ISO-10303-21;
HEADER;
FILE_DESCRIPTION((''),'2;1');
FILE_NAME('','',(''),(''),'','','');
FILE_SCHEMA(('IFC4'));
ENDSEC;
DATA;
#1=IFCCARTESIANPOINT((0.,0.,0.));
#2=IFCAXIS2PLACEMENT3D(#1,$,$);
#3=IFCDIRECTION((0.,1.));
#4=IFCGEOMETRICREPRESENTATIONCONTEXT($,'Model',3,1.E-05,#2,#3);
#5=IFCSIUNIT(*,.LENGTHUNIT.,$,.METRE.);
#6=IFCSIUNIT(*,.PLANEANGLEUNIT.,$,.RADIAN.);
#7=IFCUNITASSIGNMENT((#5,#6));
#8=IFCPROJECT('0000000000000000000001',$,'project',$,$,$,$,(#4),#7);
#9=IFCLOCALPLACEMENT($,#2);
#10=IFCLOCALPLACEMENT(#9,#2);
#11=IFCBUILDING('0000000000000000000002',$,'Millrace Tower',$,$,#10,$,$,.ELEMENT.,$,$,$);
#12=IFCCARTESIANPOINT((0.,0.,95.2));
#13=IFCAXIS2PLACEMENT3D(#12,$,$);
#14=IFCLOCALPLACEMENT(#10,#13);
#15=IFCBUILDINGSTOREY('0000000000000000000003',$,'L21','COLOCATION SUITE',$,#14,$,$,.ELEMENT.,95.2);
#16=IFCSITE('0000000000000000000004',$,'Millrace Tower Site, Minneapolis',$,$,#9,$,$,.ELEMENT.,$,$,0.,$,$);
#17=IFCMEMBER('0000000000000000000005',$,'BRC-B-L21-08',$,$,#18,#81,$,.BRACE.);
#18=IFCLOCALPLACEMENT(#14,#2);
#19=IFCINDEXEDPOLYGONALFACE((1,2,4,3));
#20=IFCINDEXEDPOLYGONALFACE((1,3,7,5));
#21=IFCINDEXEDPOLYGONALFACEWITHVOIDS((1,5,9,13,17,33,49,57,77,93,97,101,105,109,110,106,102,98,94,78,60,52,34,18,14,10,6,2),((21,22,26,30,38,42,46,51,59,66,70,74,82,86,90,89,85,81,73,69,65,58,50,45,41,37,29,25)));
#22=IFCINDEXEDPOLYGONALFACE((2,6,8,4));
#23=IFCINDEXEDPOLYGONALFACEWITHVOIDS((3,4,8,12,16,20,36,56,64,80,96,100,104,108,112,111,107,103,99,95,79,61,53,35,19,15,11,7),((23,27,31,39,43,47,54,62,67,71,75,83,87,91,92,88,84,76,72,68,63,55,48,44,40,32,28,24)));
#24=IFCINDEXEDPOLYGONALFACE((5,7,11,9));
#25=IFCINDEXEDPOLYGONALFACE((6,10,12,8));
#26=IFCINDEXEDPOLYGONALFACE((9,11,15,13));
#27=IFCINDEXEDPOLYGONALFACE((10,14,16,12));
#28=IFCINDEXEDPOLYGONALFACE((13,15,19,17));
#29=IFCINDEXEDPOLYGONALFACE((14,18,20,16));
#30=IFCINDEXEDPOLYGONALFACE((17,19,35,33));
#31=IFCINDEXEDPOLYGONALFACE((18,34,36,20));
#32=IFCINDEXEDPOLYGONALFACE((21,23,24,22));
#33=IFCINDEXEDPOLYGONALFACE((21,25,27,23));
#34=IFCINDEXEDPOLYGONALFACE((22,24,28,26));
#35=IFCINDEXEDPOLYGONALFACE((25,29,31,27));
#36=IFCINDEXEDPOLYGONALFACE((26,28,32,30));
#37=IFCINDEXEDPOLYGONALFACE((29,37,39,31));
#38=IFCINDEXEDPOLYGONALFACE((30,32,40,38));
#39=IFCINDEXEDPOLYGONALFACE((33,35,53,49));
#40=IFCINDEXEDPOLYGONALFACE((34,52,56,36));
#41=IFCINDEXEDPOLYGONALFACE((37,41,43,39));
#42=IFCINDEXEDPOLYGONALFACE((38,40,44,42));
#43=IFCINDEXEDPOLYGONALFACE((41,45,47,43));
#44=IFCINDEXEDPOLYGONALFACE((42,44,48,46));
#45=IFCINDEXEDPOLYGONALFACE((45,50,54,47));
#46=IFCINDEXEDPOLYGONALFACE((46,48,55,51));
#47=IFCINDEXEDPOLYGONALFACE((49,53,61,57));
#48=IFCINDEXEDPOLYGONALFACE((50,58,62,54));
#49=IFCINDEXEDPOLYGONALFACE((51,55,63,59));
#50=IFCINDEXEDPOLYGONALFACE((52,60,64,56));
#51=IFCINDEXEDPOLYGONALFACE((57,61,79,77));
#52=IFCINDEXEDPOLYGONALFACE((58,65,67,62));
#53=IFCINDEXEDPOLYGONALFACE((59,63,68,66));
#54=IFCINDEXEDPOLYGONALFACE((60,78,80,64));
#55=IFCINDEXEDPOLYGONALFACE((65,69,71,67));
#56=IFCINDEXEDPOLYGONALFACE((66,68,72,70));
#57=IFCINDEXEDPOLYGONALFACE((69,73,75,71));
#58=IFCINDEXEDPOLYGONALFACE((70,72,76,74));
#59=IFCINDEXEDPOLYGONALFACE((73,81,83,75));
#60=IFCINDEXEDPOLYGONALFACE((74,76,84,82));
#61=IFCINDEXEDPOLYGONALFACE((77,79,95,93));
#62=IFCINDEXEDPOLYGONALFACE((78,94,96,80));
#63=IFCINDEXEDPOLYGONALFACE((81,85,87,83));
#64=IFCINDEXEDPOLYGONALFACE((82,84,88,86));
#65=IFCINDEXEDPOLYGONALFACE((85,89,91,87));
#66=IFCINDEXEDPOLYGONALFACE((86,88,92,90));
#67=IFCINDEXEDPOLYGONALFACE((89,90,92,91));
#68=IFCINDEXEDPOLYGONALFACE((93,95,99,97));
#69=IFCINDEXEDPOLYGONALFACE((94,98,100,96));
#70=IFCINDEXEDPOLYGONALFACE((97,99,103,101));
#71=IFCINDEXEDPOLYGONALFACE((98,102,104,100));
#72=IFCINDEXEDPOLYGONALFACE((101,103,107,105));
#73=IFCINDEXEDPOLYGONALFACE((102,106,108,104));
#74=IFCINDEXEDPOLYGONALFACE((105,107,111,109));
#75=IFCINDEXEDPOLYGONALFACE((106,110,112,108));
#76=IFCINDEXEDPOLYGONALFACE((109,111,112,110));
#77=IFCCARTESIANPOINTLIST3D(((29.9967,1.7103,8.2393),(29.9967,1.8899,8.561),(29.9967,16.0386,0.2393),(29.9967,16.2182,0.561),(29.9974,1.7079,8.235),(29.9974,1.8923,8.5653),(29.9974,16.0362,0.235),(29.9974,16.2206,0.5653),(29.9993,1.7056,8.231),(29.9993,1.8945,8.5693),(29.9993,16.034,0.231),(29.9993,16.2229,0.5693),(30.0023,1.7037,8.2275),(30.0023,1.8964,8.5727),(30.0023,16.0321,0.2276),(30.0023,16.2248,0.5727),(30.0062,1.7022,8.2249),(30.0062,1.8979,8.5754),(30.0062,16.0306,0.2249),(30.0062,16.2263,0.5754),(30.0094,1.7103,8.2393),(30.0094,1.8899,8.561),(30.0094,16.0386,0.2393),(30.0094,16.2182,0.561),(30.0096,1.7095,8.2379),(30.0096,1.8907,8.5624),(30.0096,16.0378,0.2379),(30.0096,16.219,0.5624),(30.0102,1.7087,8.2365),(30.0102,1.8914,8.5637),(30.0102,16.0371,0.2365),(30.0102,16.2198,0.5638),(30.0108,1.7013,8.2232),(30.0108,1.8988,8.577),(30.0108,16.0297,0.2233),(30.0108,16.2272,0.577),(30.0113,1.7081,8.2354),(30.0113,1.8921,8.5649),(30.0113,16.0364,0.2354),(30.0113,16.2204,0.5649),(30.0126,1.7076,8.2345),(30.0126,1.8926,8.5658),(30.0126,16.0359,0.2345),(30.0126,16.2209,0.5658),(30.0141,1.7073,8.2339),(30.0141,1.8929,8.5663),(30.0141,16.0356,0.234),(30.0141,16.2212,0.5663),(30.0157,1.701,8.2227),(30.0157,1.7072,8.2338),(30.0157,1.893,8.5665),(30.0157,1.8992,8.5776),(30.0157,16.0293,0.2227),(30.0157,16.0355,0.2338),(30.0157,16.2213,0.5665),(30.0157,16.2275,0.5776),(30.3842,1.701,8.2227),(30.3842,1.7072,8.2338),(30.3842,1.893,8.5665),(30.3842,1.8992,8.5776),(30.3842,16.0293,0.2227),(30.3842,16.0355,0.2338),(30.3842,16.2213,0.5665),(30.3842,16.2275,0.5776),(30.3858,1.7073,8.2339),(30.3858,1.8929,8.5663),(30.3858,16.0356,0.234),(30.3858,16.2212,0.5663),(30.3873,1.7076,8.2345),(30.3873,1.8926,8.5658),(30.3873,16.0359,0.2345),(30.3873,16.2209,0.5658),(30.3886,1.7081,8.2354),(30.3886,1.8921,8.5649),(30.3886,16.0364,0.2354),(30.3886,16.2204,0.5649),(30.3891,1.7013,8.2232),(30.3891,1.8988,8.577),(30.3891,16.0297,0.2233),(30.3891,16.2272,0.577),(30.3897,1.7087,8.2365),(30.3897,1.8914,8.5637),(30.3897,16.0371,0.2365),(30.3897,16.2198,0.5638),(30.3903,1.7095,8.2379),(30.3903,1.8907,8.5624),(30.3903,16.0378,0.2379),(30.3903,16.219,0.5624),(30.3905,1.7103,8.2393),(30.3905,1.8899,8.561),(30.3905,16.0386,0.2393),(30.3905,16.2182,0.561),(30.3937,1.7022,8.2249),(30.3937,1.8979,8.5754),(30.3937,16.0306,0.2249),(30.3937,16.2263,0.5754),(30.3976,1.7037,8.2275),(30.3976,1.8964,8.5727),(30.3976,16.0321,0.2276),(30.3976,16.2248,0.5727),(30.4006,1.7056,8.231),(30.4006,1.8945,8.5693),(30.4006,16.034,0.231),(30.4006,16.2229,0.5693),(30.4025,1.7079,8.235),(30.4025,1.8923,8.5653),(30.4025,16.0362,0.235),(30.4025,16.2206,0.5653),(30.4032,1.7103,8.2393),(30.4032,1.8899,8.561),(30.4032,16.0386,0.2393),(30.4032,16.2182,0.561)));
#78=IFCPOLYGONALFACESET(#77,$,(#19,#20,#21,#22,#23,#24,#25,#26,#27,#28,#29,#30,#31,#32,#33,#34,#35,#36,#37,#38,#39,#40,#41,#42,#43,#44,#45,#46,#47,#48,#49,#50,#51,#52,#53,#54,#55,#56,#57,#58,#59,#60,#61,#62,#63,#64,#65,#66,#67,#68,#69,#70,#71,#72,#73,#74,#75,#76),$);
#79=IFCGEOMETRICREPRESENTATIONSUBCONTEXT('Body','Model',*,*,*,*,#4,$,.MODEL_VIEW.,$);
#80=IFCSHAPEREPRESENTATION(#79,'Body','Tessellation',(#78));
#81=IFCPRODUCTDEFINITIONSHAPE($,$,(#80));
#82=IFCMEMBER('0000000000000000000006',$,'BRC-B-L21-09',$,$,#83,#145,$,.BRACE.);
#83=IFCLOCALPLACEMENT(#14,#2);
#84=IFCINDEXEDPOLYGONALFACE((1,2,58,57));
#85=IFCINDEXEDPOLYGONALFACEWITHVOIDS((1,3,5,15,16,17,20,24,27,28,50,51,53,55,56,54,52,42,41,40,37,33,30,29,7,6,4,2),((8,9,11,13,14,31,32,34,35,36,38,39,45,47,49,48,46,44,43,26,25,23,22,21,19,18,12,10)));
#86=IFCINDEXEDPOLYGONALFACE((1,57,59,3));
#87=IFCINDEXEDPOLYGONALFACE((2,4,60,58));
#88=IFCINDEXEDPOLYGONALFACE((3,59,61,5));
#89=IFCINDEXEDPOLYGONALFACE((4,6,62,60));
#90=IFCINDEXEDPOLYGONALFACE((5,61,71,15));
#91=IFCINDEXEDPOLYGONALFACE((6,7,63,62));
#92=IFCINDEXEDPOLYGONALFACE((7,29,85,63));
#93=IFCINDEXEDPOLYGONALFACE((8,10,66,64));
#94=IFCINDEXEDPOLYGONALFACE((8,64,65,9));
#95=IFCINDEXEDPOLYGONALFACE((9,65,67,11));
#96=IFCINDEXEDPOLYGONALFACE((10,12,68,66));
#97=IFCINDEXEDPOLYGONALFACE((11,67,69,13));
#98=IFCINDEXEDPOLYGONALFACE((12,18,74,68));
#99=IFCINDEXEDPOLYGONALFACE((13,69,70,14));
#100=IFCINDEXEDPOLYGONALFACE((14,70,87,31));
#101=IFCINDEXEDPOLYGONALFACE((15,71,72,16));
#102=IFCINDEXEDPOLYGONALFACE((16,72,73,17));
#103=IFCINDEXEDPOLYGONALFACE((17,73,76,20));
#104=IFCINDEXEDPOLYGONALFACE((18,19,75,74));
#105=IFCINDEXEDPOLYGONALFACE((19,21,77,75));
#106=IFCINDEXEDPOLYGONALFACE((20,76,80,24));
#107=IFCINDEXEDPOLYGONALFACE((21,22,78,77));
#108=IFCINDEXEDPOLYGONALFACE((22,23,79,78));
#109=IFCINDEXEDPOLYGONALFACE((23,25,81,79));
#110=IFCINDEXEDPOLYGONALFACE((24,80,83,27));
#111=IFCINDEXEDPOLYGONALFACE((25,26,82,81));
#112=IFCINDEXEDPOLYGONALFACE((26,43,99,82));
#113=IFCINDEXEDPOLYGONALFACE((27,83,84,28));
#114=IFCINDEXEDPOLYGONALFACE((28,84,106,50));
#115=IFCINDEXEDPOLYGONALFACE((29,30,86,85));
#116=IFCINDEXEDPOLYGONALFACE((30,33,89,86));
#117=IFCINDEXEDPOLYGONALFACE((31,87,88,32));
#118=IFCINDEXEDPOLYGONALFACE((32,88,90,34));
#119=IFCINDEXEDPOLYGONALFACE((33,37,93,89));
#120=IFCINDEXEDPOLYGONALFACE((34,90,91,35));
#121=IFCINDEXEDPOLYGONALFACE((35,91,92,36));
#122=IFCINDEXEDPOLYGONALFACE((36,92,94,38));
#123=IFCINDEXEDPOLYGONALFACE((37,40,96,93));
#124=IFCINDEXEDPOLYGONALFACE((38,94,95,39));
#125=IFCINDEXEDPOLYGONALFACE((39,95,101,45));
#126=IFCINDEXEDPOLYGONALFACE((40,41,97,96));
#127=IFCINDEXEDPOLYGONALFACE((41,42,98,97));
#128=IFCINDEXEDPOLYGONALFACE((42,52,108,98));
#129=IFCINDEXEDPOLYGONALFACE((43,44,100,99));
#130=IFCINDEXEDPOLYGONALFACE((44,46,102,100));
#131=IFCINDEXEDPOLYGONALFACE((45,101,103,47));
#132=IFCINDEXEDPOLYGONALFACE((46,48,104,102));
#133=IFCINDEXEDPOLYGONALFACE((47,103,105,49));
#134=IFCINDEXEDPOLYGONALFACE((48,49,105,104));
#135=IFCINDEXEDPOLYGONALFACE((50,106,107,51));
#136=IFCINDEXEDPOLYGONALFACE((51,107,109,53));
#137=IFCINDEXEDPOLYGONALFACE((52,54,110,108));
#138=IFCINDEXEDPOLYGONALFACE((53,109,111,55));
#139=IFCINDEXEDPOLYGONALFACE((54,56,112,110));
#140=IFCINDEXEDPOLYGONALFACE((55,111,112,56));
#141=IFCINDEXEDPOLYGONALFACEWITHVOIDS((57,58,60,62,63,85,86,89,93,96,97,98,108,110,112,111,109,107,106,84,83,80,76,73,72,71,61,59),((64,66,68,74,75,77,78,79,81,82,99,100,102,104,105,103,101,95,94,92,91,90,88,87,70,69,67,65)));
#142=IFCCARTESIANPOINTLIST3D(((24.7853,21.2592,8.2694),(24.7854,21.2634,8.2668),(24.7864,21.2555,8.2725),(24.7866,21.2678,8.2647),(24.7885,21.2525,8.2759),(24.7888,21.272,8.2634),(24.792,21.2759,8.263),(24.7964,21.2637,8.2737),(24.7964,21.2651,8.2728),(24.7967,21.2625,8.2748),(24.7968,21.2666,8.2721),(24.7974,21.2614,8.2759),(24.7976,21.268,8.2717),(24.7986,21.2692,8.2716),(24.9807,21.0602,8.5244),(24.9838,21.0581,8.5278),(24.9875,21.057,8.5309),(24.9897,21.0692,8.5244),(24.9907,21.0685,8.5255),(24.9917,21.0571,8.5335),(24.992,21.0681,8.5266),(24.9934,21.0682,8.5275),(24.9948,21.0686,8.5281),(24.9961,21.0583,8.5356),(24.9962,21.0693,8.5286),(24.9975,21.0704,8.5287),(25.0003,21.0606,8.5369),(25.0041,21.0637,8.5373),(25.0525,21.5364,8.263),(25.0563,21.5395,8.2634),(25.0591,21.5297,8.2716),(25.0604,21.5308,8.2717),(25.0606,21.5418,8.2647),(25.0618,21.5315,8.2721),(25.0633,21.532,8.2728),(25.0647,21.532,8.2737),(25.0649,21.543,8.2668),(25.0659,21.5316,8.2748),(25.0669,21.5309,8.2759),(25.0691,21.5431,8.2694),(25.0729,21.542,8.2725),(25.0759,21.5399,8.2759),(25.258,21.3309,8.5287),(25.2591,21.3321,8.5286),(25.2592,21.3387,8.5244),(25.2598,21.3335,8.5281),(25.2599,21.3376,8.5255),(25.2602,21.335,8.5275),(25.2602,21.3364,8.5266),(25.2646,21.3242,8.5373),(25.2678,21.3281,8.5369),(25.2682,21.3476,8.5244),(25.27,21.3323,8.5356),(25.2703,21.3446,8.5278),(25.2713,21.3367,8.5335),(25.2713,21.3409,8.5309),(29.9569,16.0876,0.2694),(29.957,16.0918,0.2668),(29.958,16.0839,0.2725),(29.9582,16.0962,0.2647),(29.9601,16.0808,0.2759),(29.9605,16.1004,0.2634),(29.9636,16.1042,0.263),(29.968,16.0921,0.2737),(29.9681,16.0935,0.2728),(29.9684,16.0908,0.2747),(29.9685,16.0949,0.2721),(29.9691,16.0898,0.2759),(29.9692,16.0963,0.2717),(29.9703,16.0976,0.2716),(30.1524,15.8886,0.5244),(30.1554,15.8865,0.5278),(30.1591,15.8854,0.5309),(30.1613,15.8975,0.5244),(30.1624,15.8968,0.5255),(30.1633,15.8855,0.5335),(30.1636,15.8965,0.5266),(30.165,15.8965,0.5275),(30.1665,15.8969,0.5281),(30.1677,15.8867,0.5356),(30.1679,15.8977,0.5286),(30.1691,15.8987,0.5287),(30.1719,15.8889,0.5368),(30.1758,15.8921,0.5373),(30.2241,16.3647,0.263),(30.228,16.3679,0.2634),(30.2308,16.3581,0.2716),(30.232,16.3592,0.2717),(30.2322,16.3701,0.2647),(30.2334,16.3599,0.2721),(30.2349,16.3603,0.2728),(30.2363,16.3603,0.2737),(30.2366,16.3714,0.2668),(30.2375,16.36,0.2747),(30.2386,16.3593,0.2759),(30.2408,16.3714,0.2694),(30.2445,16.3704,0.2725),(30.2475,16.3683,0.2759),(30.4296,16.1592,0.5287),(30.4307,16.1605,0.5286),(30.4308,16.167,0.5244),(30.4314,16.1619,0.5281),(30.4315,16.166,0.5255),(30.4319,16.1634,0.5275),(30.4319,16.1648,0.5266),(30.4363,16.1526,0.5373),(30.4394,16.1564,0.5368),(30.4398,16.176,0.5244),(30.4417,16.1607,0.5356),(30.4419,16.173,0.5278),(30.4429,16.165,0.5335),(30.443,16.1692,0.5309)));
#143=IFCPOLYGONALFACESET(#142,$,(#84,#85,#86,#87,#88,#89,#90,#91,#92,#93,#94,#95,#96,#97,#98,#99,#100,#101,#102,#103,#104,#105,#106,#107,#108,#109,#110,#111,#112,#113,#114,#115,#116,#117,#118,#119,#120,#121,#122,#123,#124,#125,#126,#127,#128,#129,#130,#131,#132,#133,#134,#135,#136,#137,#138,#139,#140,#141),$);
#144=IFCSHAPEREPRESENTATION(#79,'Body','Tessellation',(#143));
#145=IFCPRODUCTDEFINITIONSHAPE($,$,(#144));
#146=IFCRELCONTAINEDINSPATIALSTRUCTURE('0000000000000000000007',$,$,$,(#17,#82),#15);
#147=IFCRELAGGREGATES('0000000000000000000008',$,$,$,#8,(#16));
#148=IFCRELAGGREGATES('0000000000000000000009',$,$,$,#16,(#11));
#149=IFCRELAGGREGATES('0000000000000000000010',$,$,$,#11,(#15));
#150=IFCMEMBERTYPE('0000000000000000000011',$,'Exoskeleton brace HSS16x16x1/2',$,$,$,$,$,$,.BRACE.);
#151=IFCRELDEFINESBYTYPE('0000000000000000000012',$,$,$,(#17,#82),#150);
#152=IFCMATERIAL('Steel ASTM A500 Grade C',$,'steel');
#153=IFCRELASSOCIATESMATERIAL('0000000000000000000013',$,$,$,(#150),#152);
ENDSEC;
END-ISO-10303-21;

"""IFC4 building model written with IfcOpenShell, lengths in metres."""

from ifc_helpers import new_model, si_unit, direction, frame, origin, origin_2d, place, context, subcontext, project, spatial, hollow_rectangle, extrude, material, material_profile, profile_set, type_object, element, save


model = new_model("IFC4")

# Units and contexts
model_context = context("Model", 3, precision=1e-05, world=origin(), true_north=direction((0.0, 1.0)))
body_context = subcontext(model_context, "Body", "Model", "MODEL_VIEW")
ifc_project = project(units=[si_unit("LENGTHUNIT", "METRE"), si_unit("PLANEANGLEUNIT", "RADIAN")], contexts=[model_context])

# Site, building, storey
site_placement = place(None, origin())
site = spatial("IfcSite", under=ifc_project, at=site_placement, Name="Millrace Tower Site, Minneapolis", CompositionType="ELEMENT", RefElevation=0.0)
building_placement = place(site_placement, origin())
building = spatial("IfcBuilding", under=site, at=building_placement, Name="Millrace Tower", CompositionType="ELEMENT")
storey_placement = place(building_placement, frame((0.0, 0.0, 95.2)))
storey = spatial("IfcBuildingStorey", under=building, at=storey_placement, Name="L21", Description="COLOCATION SUITE", CompositionType="ELEMENT", Elevation=95.2)

# Members
ifc_material_1 = material(Name="Steel ASTM A500 Grade C", Category="steel")
ifc_material_profile_1 = material_profile(ifc_material_1, hollow_rectangle(XDim=0.4065, YDim=0.4065, WallThickness=0.0127, InnerFilletRadius=0.0063, OuterFilletRadius=0.019, at=origin_2d()))
ifc_profile_set_1 = profile_set([ifc_material_profile_1], Name="Steel ASTM A500 Grade C")
member_type_1 = type_object("IfcMemberType", Name="Exoskeleton brace HSS16x16x1/2", PredefinedType="BRACE", material=ifc_profile_set_1)
member_1_placement = place(storey_placement, frame((30.2, 16.1284, 0.4001), z_axis=(0.0, -0.873126, 0.487495), x_axis=(1.0, 0.0, 0.0)))
element("IfcMember", 1, at=member_1_placement, inside=storey, type_object=member_type_1, Name="BRC-B-L21-08", PredefinedType="BRACE", context=body_context, shape_type="SweptSolid", body=[
    extrude(hollow_rectangle(XDim=0.4065, YDim=0.4065, WallThickness=0.0127, InnerFilletRadius=0.0063, OuterFilletRadius=0.019, at=origin_2d()), origin(), (0.0, 0.0, 1.0), 16.4104),
])
member_2_placement = place(storey_placement, frame((30.2, 16.1284, 0.4001), z_axis=(-0.477116, 0.477116, 0.738052), x_axis=(-0.707107, -0.707107, 0.0)))
element("IfcMember", 2, at=member_2_placement, inside=storey, type_object=member_type_1, Name="BRC-B-L21-09", PredefinedType="BRACE", context=body_context, shape_type="SweptSolid", body=[
    extrude(hollow_rectangle(XDim=0.4065, YDim=0.4065, WallThickness=0.0127, InnerFilletRadius=0.0063, OuterFilletRadius=0.019, at=origin_2d()), origin(), (0.0, 0.0, 1.0), 10.8394),
])

save(model, "model.ifc")
